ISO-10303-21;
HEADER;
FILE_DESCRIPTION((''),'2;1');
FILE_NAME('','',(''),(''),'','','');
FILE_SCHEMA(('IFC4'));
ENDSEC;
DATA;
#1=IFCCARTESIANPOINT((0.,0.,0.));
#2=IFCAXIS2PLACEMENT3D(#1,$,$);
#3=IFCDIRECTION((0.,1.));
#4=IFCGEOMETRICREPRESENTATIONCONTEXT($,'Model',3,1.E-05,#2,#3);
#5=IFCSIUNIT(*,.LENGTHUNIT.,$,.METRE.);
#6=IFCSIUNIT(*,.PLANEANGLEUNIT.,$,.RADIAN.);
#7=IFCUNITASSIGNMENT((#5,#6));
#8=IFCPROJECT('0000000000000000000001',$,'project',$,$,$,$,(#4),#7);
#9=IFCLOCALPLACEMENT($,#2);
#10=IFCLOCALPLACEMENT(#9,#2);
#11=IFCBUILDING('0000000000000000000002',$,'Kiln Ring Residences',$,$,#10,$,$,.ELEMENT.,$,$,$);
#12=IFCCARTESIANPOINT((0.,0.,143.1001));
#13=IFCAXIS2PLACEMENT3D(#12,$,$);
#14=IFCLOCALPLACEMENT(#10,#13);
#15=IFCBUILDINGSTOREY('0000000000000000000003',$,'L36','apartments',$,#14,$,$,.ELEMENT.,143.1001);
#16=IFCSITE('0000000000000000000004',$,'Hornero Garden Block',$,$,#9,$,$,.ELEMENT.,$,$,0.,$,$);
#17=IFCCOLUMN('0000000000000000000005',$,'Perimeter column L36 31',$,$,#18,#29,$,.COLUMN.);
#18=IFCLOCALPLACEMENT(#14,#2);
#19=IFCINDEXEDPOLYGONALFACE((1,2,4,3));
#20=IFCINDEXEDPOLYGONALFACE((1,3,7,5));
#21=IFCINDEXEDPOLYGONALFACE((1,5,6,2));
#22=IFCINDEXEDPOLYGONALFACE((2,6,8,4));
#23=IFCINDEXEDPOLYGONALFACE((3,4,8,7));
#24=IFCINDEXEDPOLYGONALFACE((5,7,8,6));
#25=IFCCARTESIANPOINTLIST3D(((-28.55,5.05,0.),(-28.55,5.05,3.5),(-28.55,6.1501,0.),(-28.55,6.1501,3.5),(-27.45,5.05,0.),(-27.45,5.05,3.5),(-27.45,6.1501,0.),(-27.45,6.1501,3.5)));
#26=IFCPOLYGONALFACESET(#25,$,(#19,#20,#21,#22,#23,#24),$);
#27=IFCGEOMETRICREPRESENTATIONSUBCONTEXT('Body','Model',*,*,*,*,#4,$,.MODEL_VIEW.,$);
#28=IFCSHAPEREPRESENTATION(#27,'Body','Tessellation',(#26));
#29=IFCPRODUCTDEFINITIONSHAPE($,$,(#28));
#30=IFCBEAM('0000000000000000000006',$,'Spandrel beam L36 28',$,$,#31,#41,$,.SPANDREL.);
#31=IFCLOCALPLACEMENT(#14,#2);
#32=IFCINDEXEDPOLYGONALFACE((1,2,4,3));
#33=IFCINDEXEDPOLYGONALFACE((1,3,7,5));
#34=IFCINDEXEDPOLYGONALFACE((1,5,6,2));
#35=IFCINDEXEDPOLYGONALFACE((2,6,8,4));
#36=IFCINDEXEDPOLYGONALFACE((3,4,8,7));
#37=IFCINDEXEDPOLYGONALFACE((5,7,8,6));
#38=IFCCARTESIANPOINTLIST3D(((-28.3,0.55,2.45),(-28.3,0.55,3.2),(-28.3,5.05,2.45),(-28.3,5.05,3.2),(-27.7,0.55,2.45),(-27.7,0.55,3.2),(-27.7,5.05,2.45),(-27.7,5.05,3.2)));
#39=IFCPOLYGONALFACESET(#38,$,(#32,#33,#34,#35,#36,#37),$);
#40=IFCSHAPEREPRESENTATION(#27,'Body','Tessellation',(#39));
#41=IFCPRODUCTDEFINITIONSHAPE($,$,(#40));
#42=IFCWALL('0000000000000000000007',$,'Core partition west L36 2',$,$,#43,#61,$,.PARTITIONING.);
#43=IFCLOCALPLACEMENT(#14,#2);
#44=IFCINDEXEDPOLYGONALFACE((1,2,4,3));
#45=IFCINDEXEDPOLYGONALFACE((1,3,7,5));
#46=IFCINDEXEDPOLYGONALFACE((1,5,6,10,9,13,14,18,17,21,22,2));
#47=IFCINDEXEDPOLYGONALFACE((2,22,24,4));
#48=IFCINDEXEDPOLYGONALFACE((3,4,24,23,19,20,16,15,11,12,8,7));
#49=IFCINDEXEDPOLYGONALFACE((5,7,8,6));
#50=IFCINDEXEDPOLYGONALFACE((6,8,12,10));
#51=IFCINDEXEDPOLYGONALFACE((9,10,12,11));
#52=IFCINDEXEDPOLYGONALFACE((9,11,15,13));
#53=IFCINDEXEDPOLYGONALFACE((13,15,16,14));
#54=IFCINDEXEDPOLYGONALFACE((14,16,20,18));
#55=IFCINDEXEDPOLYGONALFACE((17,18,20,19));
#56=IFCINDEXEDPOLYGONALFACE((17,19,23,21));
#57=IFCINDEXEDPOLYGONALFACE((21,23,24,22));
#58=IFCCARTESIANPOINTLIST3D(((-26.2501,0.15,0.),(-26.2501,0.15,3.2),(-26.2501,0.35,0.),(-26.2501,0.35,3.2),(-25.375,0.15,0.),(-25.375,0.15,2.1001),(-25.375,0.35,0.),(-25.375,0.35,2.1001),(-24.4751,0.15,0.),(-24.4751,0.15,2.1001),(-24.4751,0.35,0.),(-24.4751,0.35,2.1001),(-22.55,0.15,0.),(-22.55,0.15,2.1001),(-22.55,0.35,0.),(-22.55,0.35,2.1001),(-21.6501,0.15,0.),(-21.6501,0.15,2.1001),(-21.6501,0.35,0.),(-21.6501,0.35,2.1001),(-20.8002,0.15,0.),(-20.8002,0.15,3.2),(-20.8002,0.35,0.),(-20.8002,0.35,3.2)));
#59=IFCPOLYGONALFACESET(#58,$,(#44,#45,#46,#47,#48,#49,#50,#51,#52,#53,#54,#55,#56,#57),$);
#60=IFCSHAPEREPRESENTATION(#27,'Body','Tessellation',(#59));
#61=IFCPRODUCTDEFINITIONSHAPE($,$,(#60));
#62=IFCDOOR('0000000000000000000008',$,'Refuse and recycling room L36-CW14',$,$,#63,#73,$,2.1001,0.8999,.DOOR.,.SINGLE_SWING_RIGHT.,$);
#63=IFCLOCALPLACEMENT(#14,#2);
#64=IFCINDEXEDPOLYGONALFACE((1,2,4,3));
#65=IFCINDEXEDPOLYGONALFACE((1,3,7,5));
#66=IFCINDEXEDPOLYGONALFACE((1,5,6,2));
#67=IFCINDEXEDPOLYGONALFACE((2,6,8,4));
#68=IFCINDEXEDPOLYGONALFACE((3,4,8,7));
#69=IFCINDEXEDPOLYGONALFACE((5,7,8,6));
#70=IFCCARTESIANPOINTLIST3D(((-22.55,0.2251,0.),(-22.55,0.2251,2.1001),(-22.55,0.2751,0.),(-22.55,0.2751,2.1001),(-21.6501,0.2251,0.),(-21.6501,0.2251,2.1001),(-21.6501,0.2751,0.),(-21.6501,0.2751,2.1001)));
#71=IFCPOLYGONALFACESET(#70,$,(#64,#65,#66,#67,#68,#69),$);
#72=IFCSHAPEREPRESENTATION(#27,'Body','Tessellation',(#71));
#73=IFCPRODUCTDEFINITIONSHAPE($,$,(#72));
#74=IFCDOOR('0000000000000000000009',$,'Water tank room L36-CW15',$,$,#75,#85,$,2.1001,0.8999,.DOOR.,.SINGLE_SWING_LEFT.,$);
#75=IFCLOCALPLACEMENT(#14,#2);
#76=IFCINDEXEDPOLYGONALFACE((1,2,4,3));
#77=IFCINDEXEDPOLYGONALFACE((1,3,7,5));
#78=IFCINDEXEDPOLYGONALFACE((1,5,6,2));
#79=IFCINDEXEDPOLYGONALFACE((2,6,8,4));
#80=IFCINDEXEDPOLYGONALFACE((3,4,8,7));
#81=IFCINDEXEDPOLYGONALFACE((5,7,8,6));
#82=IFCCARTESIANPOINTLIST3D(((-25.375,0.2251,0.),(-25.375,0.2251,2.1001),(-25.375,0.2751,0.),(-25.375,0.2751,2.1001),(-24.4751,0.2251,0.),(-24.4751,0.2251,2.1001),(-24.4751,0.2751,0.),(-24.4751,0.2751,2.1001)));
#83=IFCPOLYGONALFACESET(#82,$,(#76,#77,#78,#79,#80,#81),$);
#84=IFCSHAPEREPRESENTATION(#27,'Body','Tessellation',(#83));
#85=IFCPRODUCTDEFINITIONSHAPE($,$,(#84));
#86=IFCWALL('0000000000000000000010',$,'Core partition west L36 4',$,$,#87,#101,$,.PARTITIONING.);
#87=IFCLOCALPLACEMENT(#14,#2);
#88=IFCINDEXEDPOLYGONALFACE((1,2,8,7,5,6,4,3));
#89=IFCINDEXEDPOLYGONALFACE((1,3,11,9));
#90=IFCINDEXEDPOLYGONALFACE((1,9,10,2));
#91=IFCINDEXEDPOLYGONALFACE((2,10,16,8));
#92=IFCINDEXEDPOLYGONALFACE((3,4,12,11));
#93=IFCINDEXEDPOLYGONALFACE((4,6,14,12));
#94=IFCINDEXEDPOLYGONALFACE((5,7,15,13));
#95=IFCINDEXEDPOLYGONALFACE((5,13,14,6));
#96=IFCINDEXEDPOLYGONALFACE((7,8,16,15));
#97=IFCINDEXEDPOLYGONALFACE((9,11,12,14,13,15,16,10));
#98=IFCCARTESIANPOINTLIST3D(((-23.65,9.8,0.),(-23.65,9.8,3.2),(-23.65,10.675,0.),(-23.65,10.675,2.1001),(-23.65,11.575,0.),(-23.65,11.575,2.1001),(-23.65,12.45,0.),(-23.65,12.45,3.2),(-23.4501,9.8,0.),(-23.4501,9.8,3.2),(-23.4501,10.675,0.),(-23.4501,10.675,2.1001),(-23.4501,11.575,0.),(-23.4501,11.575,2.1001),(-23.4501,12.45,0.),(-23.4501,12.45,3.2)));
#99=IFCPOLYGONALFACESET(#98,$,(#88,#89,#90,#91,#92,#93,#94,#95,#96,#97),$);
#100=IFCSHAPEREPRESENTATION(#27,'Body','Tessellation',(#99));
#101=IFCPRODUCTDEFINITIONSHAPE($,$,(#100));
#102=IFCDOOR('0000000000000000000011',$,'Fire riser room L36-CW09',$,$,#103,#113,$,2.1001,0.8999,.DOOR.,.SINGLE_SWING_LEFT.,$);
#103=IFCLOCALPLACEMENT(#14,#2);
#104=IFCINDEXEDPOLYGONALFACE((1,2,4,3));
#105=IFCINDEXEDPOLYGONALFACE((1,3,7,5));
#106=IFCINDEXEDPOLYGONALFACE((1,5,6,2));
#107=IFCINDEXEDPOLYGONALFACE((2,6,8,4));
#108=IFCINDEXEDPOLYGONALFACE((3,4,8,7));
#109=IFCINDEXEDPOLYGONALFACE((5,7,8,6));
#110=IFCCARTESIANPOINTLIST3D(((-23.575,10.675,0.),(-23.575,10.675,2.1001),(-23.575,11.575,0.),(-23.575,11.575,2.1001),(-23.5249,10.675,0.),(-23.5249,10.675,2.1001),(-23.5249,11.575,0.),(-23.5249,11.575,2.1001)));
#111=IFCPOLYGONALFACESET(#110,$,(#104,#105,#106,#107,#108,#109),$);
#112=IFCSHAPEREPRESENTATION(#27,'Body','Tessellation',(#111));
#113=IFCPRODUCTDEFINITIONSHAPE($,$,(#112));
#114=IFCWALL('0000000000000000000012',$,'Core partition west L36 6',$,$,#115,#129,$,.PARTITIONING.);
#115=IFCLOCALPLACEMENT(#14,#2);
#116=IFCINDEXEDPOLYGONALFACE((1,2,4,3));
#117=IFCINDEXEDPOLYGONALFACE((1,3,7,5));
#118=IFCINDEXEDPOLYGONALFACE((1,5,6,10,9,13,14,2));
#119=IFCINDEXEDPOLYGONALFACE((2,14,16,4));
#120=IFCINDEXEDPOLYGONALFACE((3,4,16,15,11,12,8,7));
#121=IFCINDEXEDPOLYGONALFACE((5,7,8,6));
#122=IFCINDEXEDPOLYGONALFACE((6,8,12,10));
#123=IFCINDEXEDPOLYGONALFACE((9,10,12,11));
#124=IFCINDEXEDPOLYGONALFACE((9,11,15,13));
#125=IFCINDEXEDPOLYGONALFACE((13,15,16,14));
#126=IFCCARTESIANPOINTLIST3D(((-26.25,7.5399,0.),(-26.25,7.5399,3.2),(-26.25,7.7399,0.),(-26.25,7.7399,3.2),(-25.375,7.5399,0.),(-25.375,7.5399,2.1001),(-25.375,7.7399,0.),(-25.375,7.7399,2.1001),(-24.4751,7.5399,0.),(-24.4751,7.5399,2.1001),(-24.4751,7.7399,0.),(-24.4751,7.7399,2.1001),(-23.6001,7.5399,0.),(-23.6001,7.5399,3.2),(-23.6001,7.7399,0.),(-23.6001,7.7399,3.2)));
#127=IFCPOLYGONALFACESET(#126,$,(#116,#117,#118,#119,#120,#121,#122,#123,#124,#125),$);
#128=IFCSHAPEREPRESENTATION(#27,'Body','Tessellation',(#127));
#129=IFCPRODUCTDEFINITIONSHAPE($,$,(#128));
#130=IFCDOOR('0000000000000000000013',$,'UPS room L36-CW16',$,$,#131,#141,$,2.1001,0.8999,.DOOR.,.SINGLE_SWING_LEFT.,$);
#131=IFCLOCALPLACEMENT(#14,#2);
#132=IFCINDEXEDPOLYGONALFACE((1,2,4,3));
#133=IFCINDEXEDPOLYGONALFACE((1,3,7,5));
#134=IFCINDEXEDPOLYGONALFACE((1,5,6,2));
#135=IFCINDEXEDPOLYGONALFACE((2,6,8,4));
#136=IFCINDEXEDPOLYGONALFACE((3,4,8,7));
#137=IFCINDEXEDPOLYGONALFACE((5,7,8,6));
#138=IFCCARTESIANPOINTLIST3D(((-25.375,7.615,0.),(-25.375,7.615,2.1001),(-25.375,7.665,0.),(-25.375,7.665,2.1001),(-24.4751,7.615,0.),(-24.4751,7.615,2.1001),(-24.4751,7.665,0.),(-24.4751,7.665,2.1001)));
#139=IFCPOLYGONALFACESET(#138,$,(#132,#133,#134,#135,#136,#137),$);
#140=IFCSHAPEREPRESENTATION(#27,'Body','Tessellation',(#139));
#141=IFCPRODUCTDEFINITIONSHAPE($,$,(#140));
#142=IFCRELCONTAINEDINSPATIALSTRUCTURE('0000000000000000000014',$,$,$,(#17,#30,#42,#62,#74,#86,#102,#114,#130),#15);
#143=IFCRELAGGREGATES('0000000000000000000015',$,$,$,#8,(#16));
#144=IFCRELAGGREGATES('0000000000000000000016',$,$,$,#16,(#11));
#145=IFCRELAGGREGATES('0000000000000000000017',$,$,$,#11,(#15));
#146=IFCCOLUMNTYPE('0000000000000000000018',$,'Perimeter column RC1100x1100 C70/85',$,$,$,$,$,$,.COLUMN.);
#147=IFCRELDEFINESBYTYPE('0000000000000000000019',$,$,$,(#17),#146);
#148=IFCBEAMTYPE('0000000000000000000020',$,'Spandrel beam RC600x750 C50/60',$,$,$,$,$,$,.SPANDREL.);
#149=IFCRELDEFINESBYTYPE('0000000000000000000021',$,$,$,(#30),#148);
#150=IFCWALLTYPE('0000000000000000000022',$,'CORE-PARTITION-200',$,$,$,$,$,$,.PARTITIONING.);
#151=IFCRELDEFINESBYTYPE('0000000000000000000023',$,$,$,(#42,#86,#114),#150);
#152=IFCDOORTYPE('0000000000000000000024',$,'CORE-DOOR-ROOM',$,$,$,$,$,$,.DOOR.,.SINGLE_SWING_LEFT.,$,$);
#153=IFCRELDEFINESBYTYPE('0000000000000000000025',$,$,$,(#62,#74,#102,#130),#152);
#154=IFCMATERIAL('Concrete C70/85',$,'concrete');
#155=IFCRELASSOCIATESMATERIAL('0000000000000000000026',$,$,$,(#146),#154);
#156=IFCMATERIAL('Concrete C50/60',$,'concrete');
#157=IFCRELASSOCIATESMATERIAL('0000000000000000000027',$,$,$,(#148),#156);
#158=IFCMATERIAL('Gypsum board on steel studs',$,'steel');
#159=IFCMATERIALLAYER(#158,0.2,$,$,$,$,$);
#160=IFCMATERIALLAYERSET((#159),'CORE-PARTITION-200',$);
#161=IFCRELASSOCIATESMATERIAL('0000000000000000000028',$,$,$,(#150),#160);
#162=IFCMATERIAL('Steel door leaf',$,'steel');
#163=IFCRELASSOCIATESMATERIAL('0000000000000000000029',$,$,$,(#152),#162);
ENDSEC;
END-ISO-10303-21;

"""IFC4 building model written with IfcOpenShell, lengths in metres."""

from ifc_helpers import new_model, si_unit, direction, frame, frame_2d, origin, origin_2d, place, context, subcontext, project, spatial, rectangle, extrude, material, layer, layer_set, material_profile, profile_set, type_object, element, fill, save


model = new_model("IFC4")

# Units and contexts
model_context = context("Model", 3, precision=1e-05, world=origin(), true_north=direction((0.0, 1.0)))
body_context = subcontext(model_context, "Body", "Model", "MODEL_VIEW")
ifc_project = project(units=[si_unit("LENGTHUNIT", "METRE"), si_unit("PLANEANGLEUNIT", "RADIAN")], contexts=[model_context])

# Site, building, storey
site_placement = place(None, origin())
site = spatial("IfcSite", under=ifc_project, at=site_placement, Name="Hornero Garden Block", CompositionType="ELEMENT", RefElevation=0.0)
building_placement = place(site_placement, origin())
building = spatial("IfcBuilding", under=site, at=building_placement, Name="Kiln Ring Residences", CompositionType="ELEMENT")
storey_placement = place(building_placement, frame((0.0, 0.0, 143.1001)))
storey = spatial("IfcBuildingStorey", under=building, at=storey_placement, Name="L36", Description="apartments", CompositionType="ELEMENT", Elevation=143.1001)

# Column
ifc_material_1 = material(Name="Concrete C70/85", Category="concrete")
ifc_material_profile_1 = material_profile(ifc_material_1, rectangle(XDim=1.1001, YDim=1.1001, at=origin_2d()), Name="RC1100x1100")
ifc_profile_set_1 = profile_set([ifc_material_profile_1], Name="Concrete C70/85")
column_type = type_object("IfcColumnType", Name="Perimeter column RC1100x1100 C70/85", PredefinedType="COLUMN", material=ifc_profile_set_1)
column_placement = place(storey_placement, frame((-28.0, 5.6001, 0.0), z_axis=(0.0, 0.0, 1.0), x_axis=(1.0, 0.0, 0.0)))
element("IfcColumn", 1, at=column_placement, inside=storey, type_object=column_type, Name="Perimeter column L36 31", PredefinedType="COLUMN", context=body_context, shape_type="SweptSolid", body=[
    extrude(rectangle(XDim=1.1001, YDim=1.1001, at=origin_2d()), origin(), (0.0, 0.0, 1.0), 3.5),
])

# Beam
ifc_material_2 = material(Name="Concrete C50/60", Category="concrete")
ifc_material_profile_2 = material_profile(ifc_material_2, rectangle(XDim=0.6001, YDim=0.75, at=origin_2d()), Name="RC600x750")
ifc_profile_set_2 = profile_set([ifc_material_profile_2], Name="Concrete C50/60")
beam_type = type_object("IfcBeamType", Name="Spandrel beam RC600x750 C50/60", PredefinedType="SPANDREL", material=ifc_profile_set_2)
beam_placement = place(storey_placement, frame((-28.0, 5.05, 2.825), z_axis=(0.0, -1.0, 0.0), x_axis=(1.0, 0.0, 0.0)))
element("IfcBeam", 2, at=beam_placement, inside=storey, type_object=beam_type, Name="Spandrel beam L36 28", PredefinedType="SPANDREL", context=body_context, shape_type="SweptSolid", body=[
    extrude(rectangle(XDim=0.6001, YDim=0.75, at=origin_2d()), origin(), (0.0, 0.0, 1.0), 4.5),
])

# Wall, openings, doors
ifc_material_3 = material(Name="Gypsum board on steel studs", Category="steel")
ifc_layer_1 = layer(ifc_material_3, 0.2)
ifc_layer_set_1 = layer_set([ifc_layer_1], Name="CORE-PARTITION-200")
wall_type_1 = type_object("IfcWallType", Name="CORE-PARTITION-200", PredefinedType="PARTITIONING", material=ifc_layer_set_1)
wall_1_placement = place(storey_placement, frame((-20.8, 0.25, 0.0), z_axis=(0.0, 0.0, 1.0), x_axis=(-1.0, 0.0, 0.0)))
wall_1 = element("IfcWall", 3, at=wall_1_placement, inside=storey, type_object=wall_type_1, Name="Core partition west L36 2", PredefinedType="PARTITIONING", context=body_context, shape_type="SweptSolid", body=[
    extrude(rectangle(XDim=5.45, YDim=0.2, at=frame_2d((2.7251, 0.0))), origin(), (0.0, 0.0, 1.0), 3.2),
])
opening_1_placement = place(wall_1_placement, frame((0.8501, 0.0, 0.0)))
opening_1 = element("IfcOpeningElement", 4, at=opening_1_placement, cuts=wall_1, PredefinedType="OPENING", context=body_context, shape_type="SweptSolid", body=[
    extrude(rectangle(XDim=0.8999, YDim=2.1001, at=frame_2d((0.45, 1.05))), frame((0.0, 0.1099, 0.0), z_axis=(0.0, -1.0, 0.0), x_axis=(1.0, 0.0, 0.0)), (0.0, 0.0, 1.0), 0.22),
])
opening_2_placement = place(wall_1_placement, frame((3.675, 0.0, 0.0)))
opening_2 = element("IfcOpeningElement", 5, at=opening_2_placement, cuts=wall_1, PredefinedType="OPENING", context=body_context, shape_type="SweptSolid", body=[
    extrude(rectangle(XDim=0.8999, YDim=2.1001, at=frame_2d((0.45, 1.05))), frame((0.0, 0.1099, 0.0), z_axis=(0.0, -1.0, 0.0), x_axis=(1.0, 0.0, 0.0)), (0.0, 0.0, 1.0), 0.22),
])
ifc_material_4 = material(Name="Steel door leaf", Category="steel")
door_type = type_object("IfcDoorType", Name="CORE-DOOR-ROOM", OperationType="SINGLE_SWING_LEFT", PredefinedType="DOOR", material=ifc_material_4)
door_1_placement = place(opening_1_placement, origin())
door_1 = element("IfcDoor", 6, at=door_1_placement, inside=storey, type_object=door_type, Name="Refuse and recycling room L36-CW14", OperationType="SINGLE_SWING_RIGHT", OverallHeight=2.1001, OverallWidth=0.8999, PredefinedType="DOOR", context=body_context, shape_type="SweptSolid", body=[
    extrude(rectangle(XDim=0.8999, YDim=2.1001, at=frame_2d((0.45, 1.05))), frame((0.0, 0.0249, 0.0), z_axis=(0.0, -1.0, 0.0), x_axis=(1.0, 0.0, 0.0)), (0.0, 0.0, 1.0), 0.05),
])
fill(opening_1, door_1)
door_2_placement = place(opening_2_placement, origin())
door_2 = element("IfcDoor", 7, at=door_2_placement, inside=storey, type_object=door_type, Name="Water tank room L36-CW15", OperationType="SINGLE_SWING_LEFT", OverallHeight=2.1001, OverallWidth=0.8999, PredefinedType="DOOR", context=body_context, shape_type="SweptSolid", body=[
    extrude(rectangle(XDim=0.8999, YDim=2.1001, at=frame_2d((0.45, 1.05))), frame((0.0, 0.0249, 0.0), z_axis=(0.0, -1.0, 0.0), x_axis=(1.0, 0.0, 0.0)), (0.0, 0.0, 1.0), 0.05),
])
fill(opening_2, door_2)

# Walls, openings, doors
wall_2_placement = place(storey_placement, frame((-23.55, 9.8, 0.0), z_axis=(0.0, 0.0, 1.0), x_axis=(0.0, 1.0, 0.0)))
wall_2 = element("IfcWall", 8, at=wall_2_placement, inside=storey, type_object=wall_type_1, Name="Core partition west L36 4", PredefinedType="PARTITIONING", context=body_context, shape_type="SweptSolid", body=[
    extrude(rectangle(XDim=2.6499, YDim=0.2, at=frame_2d((1.325, 0.0))), origin(), (0.0, 0.0, 1.0), 3.2),
])
opening_3_placement = place(wall_2_placement, frame((0.875, 0.0, 0.0)))
opening_3 = element("IfcOpeningElement", 9, at=opening_3_placement, cuts=wall_2, PredefinedType="OPENING", context=body_context, shape_type="SweptSolid", body=[
    extrude(rectangle(XDim=0.8999, YDim=2.1001, at=frame_2d((0.45, 1.05))), frame((0.0, 0.1099, 0.0), z_axis=(0.0, -1.0, 0.0), x_axis=(1.0, 0.0, 0.0)), (0.0, 0.0, 1.0), 0.22),
])
door_3_placement = place(opening_3_placement, origin())
door_3 = element("IfcDoor", 10, at=door_3_placement, inside=storey, type_object=door_type, Name="Fire riser room L36-CW09", OperationType="SINGLE_SWING_LEFT", OverallHeight=2.1001, OverallWidth=0.8999, PredefinedType="DOOR", context=body_context, shape_type="SweptSolid", body=[
    extrude(rectangle(XDim=0.8999, YDim=2.1001, at=frame_2d((0.45, 1.05))), frame((0.0, 0.0249, 0.0), z_axis=(0.0, -1.0, 0.0), x_axis=(1.0, 0.0, 0.0)), (0.0, 0.0, 1.0), 0.05),
])
fill(opening_3, door_3)
wall_3_placement = place(storey_placement, frame((-23.6001, 7.6399, 0.0), z_axis=(0.0, 0.0, 1.0), x_axis=(-1.0, 0.0, 0.0)))
wall_3 = element("IfcWall", 11, at=wall_3_placement, inside=storey, type_object=wall_type_1, Name="Core partition west L36 6", PredefinedType="PARTITIONING", context=body_context, shape_type="SweptSolid", body=[
    extrude(rectangle(XDim=2.6499, YDim=0.2, at=frame_2d((1.325, 0.0))), origin(), (0.0, 0.0, 1.0), 3.2),
])
opening_4_placement = place(wall_3_placement, frame((0.875, 0.0, 0.0)))
opening_4 = element("IfcOpeningElement", 12, at=opening_4_placement, cuts=wall_3, PredefinedType="OPENING", context=body_context, shape_type="SweptSolid", body=[
    extrude(rectangle(XDim=0.8999, YDim=2.1001, at=frame_2d((0.45, 1.05))), frame((0.0, 0.1099, 0.0), z_axis=(0.0, -1.0, 0.0), x_axis=(1.0, 0.0, 0.0)), (0.0, 0.0, 1.0), 0.22),
])
door_4_placement = place(opening_4_placement, origin())
door_4 = element("IfcDoor", 13, at=door_4_placement, inside=storey, type_object=door_type, Name="UPS room L36-CW16", OperationType="SINGLE_SWING_LEFT", OverallHeight=2.1001, OverallWidth=0.8999, PredefinedType="DOOR", context=body_context, shape_type="SweptSolid", body=[
    extrude(rectangle(XDim=0.8999, YDim=2.1001, at=frame_2d((0.45, 1.05))), frame((0.0, 0.0249, 0.0), z_axis=(0.0, -1.0, 0.0), x_axis=(1.0, 0.0, 0.0)), (0.0, 0.0, 1.0), 0.05),
])
fill(opening_4, door_4)

save(model, "model.ifc")
